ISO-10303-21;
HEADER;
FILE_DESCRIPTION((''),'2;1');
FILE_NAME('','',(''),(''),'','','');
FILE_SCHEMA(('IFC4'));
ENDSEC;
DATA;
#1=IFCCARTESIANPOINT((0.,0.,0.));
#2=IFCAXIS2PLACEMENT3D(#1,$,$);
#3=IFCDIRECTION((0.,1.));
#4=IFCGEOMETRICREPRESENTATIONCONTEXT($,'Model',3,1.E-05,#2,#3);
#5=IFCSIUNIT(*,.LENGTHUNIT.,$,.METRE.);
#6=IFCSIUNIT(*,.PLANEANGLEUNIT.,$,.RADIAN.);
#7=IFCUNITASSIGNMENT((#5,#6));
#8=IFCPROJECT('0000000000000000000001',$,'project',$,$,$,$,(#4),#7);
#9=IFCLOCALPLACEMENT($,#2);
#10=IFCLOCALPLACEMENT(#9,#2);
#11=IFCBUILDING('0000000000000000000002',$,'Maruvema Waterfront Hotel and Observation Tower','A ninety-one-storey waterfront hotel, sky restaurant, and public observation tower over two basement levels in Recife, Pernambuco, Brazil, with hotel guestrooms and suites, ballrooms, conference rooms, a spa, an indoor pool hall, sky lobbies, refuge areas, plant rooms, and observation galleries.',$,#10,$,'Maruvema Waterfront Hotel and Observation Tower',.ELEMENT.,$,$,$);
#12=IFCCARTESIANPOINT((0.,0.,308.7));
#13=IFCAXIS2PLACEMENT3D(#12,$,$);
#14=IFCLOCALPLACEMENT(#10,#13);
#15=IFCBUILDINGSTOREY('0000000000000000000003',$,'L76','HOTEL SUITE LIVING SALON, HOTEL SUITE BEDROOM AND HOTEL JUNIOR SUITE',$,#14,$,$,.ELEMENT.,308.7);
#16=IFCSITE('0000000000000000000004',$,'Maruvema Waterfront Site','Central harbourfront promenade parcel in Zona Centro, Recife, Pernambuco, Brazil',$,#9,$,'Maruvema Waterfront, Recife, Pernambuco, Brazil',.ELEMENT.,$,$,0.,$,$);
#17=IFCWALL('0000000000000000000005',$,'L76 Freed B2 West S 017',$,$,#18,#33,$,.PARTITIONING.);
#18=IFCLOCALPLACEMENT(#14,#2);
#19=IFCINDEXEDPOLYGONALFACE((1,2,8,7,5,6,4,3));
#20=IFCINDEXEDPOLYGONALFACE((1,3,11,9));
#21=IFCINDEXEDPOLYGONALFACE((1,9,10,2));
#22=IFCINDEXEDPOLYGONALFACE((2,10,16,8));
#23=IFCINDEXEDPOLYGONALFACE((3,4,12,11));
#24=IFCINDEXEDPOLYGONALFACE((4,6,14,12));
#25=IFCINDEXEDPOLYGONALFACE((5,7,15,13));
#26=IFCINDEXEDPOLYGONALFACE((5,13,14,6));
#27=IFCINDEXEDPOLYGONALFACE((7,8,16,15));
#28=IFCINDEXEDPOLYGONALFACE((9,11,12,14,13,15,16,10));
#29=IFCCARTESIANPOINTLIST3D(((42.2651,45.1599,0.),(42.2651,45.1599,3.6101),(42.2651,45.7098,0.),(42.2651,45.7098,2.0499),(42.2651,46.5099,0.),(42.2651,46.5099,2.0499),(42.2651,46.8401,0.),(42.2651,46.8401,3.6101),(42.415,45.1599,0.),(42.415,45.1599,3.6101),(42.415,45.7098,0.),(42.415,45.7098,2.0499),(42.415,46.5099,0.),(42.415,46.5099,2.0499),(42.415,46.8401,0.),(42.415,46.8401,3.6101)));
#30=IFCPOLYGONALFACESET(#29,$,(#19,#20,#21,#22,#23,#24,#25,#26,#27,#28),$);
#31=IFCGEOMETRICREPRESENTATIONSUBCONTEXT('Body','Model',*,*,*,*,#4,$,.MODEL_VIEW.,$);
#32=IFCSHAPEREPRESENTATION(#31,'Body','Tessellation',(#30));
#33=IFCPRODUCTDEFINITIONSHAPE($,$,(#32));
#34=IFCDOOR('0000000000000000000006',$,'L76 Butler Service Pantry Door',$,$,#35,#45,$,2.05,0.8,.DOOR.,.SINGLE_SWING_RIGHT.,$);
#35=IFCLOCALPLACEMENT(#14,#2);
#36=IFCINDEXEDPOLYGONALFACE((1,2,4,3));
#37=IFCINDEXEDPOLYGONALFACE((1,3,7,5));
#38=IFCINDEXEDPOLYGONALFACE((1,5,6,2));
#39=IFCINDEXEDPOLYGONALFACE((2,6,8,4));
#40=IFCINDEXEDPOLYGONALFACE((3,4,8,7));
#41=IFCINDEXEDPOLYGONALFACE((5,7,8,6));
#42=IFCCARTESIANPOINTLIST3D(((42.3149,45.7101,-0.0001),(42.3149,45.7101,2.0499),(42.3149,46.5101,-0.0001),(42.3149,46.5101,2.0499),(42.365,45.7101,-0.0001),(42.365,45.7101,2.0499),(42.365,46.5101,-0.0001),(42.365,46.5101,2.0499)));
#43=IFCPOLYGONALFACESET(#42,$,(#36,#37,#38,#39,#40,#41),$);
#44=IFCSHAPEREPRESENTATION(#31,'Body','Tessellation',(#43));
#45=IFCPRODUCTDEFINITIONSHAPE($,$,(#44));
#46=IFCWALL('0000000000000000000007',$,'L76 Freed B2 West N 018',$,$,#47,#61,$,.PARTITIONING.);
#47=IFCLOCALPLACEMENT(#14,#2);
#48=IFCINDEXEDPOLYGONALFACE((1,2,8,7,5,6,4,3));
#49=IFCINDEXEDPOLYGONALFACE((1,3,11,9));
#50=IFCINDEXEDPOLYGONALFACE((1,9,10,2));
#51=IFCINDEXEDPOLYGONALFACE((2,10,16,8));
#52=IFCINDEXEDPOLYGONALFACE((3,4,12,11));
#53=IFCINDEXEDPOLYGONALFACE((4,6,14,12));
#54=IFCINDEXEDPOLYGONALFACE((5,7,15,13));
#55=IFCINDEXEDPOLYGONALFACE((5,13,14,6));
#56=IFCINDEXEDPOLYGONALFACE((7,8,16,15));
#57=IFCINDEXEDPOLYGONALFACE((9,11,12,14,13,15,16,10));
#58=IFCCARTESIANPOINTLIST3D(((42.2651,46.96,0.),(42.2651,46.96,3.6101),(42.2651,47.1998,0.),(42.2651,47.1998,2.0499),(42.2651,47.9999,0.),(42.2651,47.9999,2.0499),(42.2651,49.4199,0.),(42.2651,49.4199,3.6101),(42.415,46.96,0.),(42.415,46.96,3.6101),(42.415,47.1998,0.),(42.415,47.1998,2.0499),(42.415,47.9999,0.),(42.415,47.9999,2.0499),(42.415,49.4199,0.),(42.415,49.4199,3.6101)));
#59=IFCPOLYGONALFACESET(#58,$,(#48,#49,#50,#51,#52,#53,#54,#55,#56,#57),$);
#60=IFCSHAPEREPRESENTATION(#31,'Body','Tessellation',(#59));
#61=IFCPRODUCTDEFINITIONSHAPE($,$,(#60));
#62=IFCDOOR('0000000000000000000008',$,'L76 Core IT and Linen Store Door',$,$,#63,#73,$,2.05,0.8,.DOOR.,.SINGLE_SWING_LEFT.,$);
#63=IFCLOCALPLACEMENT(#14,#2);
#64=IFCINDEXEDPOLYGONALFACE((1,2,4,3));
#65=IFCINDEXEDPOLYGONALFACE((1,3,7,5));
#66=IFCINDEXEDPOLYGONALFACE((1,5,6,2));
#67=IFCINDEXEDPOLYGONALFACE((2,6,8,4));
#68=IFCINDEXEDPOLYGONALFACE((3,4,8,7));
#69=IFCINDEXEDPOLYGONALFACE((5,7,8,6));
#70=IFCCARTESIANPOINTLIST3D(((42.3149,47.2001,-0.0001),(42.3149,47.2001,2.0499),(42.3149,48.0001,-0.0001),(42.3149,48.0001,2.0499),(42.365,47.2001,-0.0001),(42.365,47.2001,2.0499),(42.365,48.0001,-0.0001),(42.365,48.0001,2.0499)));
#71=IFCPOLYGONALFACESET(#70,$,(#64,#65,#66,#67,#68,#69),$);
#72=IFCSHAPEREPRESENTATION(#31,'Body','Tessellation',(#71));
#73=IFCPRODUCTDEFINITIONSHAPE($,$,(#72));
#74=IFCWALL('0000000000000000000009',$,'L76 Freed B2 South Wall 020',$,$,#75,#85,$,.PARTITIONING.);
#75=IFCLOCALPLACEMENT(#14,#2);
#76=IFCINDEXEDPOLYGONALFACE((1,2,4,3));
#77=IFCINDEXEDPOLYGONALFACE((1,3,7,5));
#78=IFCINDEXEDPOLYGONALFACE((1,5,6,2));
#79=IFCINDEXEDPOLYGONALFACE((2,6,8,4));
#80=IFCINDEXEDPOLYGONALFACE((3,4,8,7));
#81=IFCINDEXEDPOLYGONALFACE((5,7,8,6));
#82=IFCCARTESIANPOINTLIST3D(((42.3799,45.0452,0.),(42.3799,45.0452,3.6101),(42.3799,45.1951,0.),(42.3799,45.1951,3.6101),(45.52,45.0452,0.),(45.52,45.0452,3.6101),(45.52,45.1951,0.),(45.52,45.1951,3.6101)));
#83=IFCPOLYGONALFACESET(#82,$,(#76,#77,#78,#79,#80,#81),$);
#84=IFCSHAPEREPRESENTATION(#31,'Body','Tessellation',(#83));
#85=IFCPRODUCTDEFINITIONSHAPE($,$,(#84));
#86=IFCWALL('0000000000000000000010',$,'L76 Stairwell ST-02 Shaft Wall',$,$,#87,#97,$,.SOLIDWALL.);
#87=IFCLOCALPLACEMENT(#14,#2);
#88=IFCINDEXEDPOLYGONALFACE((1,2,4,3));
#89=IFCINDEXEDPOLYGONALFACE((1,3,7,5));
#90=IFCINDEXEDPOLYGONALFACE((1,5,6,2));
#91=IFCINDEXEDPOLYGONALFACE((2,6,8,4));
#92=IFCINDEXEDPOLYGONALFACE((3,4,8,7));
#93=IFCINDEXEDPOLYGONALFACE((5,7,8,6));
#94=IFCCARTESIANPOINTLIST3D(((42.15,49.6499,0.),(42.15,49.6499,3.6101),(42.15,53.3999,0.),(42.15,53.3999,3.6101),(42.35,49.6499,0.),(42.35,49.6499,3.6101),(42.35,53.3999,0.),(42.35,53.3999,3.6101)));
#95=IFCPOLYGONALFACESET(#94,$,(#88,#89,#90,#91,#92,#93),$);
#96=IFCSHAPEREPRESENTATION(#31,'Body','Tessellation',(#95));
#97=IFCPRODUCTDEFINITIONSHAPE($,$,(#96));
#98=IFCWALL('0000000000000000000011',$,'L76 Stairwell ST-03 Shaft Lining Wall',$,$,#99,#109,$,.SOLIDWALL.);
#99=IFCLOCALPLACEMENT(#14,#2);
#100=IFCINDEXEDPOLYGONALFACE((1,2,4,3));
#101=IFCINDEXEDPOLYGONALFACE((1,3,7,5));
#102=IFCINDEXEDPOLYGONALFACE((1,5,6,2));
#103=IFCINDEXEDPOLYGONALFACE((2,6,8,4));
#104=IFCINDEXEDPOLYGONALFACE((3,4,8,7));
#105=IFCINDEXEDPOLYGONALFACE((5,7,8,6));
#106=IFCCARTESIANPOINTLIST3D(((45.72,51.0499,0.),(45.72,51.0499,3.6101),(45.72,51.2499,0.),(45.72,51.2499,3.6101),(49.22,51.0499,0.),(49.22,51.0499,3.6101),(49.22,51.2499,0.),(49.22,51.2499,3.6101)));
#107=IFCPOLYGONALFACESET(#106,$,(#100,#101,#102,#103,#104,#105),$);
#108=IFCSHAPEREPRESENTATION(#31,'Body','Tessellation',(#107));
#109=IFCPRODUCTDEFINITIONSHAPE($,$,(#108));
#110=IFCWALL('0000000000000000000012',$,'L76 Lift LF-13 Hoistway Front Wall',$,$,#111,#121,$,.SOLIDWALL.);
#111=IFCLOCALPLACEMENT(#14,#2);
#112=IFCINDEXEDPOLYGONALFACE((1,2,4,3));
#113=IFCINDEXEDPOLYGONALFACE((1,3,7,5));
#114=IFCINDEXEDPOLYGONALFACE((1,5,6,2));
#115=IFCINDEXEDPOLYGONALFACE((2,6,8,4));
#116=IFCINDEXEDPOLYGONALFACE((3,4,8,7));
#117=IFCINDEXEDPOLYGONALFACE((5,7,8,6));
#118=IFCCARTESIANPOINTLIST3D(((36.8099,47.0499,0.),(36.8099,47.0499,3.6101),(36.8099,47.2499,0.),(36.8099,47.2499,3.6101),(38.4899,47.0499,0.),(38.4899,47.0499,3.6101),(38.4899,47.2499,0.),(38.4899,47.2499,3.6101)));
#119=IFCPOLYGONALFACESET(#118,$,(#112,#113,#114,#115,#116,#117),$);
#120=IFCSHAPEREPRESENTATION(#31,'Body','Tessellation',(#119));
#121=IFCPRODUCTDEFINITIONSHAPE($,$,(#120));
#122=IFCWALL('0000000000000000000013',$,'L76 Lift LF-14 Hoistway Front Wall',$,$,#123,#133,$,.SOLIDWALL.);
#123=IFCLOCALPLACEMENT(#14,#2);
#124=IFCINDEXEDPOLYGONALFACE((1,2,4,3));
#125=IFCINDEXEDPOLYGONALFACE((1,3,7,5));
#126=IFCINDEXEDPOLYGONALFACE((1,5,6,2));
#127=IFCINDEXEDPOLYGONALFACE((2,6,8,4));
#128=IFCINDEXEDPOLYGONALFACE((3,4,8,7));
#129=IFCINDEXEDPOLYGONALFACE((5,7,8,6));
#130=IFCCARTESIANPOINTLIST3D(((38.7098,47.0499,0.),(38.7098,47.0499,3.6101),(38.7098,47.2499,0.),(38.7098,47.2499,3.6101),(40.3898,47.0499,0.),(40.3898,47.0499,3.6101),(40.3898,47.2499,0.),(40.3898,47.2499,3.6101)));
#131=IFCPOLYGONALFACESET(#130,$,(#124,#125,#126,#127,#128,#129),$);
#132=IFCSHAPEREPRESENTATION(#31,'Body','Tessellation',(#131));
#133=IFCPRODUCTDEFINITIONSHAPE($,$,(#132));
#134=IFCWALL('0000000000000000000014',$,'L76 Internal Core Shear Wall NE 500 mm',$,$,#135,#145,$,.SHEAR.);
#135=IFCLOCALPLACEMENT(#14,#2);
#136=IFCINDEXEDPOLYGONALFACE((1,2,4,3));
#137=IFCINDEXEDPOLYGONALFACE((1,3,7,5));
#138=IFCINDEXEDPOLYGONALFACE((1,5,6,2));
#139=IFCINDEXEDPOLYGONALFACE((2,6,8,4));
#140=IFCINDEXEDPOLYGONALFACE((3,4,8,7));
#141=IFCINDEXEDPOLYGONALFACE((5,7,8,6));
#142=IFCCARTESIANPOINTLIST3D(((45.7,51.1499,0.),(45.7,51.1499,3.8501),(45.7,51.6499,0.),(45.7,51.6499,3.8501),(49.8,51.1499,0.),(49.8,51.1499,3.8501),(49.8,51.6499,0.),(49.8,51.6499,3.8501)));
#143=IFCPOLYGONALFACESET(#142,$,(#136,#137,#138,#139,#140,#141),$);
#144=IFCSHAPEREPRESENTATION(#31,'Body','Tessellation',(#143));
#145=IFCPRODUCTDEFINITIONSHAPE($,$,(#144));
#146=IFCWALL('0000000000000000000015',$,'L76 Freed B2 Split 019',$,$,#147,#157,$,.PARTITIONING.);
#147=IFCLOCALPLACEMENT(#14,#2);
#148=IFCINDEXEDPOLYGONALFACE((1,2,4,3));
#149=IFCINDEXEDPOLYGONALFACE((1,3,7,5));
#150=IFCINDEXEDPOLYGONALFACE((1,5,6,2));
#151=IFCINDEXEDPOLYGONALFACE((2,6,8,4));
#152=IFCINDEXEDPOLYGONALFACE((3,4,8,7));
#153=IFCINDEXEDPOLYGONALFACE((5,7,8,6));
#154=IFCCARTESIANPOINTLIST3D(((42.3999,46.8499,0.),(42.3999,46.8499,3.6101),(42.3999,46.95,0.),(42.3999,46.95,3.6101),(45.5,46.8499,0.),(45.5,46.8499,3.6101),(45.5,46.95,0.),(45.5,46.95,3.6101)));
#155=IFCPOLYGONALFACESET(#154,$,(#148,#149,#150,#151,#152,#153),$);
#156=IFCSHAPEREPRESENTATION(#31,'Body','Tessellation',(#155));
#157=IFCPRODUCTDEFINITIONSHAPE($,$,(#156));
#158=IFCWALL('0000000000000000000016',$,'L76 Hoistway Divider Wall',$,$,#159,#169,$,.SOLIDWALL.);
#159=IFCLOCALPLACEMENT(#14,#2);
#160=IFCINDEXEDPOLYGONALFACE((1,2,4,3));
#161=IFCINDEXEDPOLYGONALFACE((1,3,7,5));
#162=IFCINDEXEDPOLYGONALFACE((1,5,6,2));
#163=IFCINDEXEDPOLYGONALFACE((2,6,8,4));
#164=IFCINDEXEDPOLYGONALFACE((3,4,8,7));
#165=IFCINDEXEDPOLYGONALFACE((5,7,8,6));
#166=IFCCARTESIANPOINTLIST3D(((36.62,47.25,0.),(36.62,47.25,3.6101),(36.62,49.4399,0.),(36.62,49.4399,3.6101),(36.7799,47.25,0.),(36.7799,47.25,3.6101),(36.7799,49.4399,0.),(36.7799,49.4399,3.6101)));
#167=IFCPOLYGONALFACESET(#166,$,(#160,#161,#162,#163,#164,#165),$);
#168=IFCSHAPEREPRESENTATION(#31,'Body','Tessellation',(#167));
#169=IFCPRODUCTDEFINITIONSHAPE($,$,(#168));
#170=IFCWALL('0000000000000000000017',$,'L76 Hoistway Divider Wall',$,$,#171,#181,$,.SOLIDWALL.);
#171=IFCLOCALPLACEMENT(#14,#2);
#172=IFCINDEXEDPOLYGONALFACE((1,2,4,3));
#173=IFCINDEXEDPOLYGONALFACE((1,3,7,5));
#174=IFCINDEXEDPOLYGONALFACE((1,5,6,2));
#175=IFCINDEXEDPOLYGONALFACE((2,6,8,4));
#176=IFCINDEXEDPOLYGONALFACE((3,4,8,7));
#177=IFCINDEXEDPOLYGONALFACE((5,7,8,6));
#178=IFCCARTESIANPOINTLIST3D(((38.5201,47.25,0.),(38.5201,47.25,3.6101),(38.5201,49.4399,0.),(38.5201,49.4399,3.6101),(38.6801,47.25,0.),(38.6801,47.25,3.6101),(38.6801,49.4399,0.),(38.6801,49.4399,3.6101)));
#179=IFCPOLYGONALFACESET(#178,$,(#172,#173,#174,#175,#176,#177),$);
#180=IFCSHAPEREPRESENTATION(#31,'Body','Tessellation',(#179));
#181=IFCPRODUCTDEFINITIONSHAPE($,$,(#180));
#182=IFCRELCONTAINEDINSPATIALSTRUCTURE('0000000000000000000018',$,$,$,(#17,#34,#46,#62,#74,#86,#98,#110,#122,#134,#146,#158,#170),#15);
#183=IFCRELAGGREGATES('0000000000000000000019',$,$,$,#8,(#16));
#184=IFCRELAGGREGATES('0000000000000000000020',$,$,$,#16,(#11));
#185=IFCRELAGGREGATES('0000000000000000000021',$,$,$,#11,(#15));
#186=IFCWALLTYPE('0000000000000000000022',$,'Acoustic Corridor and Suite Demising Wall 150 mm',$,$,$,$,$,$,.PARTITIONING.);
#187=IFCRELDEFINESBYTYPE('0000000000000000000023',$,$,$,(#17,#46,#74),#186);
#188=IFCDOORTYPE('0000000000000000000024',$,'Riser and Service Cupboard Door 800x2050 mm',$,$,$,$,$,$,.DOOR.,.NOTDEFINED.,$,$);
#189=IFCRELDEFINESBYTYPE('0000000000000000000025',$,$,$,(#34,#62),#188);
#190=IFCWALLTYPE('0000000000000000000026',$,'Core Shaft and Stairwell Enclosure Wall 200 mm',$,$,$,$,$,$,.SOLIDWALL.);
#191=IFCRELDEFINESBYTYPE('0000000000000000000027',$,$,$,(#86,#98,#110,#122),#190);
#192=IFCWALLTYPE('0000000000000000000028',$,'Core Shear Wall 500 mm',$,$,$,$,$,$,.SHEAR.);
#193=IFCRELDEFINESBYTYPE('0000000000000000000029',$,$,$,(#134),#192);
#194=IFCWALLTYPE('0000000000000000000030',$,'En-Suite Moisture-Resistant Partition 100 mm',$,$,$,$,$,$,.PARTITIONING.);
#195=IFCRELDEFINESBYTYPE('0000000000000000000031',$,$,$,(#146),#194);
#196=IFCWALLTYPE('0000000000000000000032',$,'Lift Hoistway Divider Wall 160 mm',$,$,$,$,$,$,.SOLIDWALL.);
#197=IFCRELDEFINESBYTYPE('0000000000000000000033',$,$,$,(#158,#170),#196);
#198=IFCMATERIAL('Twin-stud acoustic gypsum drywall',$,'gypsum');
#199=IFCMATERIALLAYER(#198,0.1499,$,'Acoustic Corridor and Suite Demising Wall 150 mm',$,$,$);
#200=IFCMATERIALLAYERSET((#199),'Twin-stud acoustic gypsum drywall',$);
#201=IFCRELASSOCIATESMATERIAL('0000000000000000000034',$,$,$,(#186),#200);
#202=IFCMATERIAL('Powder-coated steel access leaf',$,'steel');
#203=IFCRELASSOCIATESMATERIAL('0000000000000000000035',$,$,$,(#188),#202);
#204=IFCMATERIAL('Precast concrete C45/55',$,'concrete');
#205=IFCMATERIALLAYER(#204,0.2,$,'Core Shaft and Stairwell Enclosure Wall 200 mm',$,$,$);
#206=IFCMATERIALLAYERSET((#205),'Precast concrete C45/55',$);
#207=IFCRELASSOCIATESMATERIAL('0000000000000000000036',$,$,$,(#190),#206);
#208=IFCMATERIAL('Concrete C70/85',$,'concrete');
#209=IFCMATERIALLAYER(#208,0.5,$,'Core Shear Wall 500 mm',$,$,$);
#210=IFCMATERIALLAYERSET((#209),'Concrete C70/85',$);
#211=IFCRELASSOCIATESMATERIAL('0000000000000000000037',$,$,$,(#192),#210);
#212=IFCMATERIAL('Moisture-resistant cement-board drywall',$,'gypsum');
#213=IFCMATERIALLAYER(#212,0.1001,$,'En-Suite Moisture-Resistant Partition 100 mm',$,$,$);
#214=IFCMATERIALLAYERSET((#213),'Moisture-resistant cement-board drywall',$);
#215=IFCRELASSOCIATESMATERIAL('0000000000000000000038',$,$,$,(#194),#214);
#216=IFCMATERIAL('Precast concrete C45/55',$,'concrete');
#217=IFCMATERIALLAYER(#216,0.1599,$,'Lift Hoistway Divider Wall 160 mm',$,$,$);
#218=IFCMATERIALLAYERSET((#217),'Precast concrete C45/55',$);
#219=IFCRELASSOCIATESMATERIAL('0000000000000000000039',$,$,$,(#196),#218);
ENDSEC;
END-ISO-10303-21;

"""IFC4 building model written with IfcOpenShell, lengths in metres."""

from ifc_helpers import new_model, si_unit, direction, frame, frame_2d, origin, place, context, subcontext, project, spatial, rectangle, extrude, material, layer, layer_set, type_object, element, fill, save


model = new_model("IFC4")

# Units and contexts
model_context = context("Model", 3, precision=1e-05, world=origin(), true_north=direction((0.0, 1.0)))
body_context = subcontext(model_context, "Body", "Model", "MODEL_VIEW")
ifc_project = project(units=[si_unit("LENGTHUNIT", "METRE"), si_unit("PLANEANGLEUNIT", "RADIAN")], contexts=[model_context])

# Site, building, storey
site_placement = place(None, origin())
site = spatial("IfcSite", under=ifc_project, at=site_placement, Name="Maruvema Waterfront Site", Description="Central harbourfront promenade parcel in Zona Centro, Recife, Pernambuco, Brazil", LongName="Maruvema Waterfront, Recife, Pernambuco, Brazil", CompositionType="ELEMENT", RefElevation=0.0)
building_placement = place(site_placement, origin())
building = spatial("IfcBuilding", under=site, at=building_placement, Name="Maruvema Waterfront Hotel and Observation Tower", Description="A ninety-one-storey waterfront hotel, sky restaurant, and public observation tower over two basement levels in Recife, Pernambuco, Brazil, with hotel guestrooms and suites, ballrooms, conference rooms, a spa, an indoor pool hall, sky lobbies, refuge areas, plant rooms, and observation galleries.", LongName="Maruvema Waterfront Hotel and Observation Tower", CompositionType="ELEMENT")
storey_placement = place(building_placement, frame((0.0, 0.0, 308.7)))
storey = spatial("IfcBuildingStorey", under=building, at=storey_placement, Name="L76", Description="HOTEL SUITE LIVING SALON, HOTEL SUITE BEDROOM AND HOTEL JUNIOR SUITE", CompositionType="ELEMENT", Elevation=308.7)

# Walls, openings, doors
ifc_material_1 = material(Name="Twin-stud acoustic gypsum drywall", Category="gypsum")
ifc_layer_1 = layer(ifc_material_1, 0.1499, Name="Acoustic Corridor and Suite Demising Wall 150 mm")
ifc_layer_set_1 = layer_set([ifc_layer_1], Name="Twin-stud acoustic gypsum drywall")
wall_type_1 = type_object("IfcWallType", Name="Acoustic Corridor and Suite Demising Wall 150 mm", PredefinedType="PARTITIONING", material=ifc_layer_set_1)
wall_1_placement = place(storey_placement, frame((42.3401, 45.1599, 0.0), z_axis=(0.0, 0.0, 1.0), x_axis=(0.0, 1.0, 0.0)))
wall_1 = element("IfcWall", 1, at=wall_1_placement, inside=storey, type_object=wall_type_1, Name="L76 Freed B2 West S 017", PredefinedType="PARTITIONING", context=body_context, shape_type="SweptSolid", body=[
    extrude(rectangle(XDim=1.6802, YDim=0.1499, at=frame_2d((0.8401, 0.0))), origin(), (0.0, 0.0, 1.0), 3.6101),
])
opening_1_placement = place(wall_1_placement, frame((0.55, 0.0, 0.0)))
opening_1 = element("IfcOpeningElement", 2, at=opening_1_placement, cuts=wall_1, PredefinedType="OPENING", context=body_context, shape_type="SweptSolid", body=[
    extrude(rectangle(XDim=0.8, YDim=2.05, at=frame_2d((0.3999, 1.0249))), frame((0.0, 0.085, 0.0), z_axis=(0.0, -1.0, 0.0), x_axis=(1.0, 0.0, 0.0)), (0.0, 0.0, 1.0), 0.1699),
])
ifc_material_2 = material(Name="Powder-coated steel access leaf", Category="steel")
door_type = type_object("IfcDoorType", Name="Riser and Service Cupboard Door 800x2050 mm", OperationType="NOTDEFINED", PredefinedType="DOOR", material=ifc_material_2)
door_1_placement = place(opening_1_placement, frame((0.8, 0.0, 0.0), z_axis=(0.0, 0.0, 1.0), x_axis=(-1.0, 0.0, 0.0)))
door_1 = element("IfcDoor", 3, at=door_1_placement, inside=storey, type_object=door_type, Name="L76 Butler Service Pantry Door", OperationType="SINGLE_SWING_RIGHT", OverallHeight=2.05, OverallWidth=0.8, PredefinedType="DOOR", context=body_context, shape_type="SweptSolid", body=[
    extrude(rectangle(XDim=0.8, YDim=2.05, at=frame_2d((0.3999, 1.0249))), frame((0.0, 0.0249, 0.0), z_axis=(0.0, -1.0, 0.0), x_axis=(1.0, 0.0, 0.0)), (0.0, 0.0, 1.0), 0.05),
])
fill(opening_1, door_1)
wall_2_placement = place(storey_placement, frame((42.3401, 46.96, 0.0), z_axis=(0.0, 0.0, 1.0), x_axis=(0.0, 1.0, 0.0)))
wall_2 = element("IfcWall", 4, at=wall_2_placement, inside=storey, type_object=wall_type_1, Name="L76 Freed B2 West N 018", PredefinedType="PARTITIONING", context=body_context, shape_type="SweptSolid", body=[
    extrude(rectangle(XDim=2.46, YDim=0.1499, at=frame_2d((1.23, 0.0))), origin(), (0.0, 0.0, 1.0), 3.6101),
])
opening_2_placement = place(wall_2_placement, frame((0.24, 0.0, 0.0)))
opening_2 = element("IfcOpeningElement", 5, at=opening_2_placement, cuts=wall_2, PredefinedType="OPENING", context=body_context, shape_type="SweptSolid", body=[
    extrude(rectangle(XDim=0.8, YDim=2.05, at=frame_2d((0.3999, 1.0249))), frame((0.0, 0.085, 0.0), z_axis=(0.0, -1.0, 0.0), x_axis=(1.0, 0.0, 0.0)), (0.0, 0.0, 1.0), 0.1699),
])
door_2_placement = place(opening_2_placement, frame((0.8, 0.0, 0.0), z_axis=(0.0, 0.0, 1.0), x_axis=(-1.0, 0.0, 0.0)))
door_2 = element("IfcDoor", 6, at=door_2_placement, inside=storey, type_object=door_type, Name="L76 Core IT and Linen Store Door", OperationType="SINGLE_SWING_LEFT", OverallHeight=2.05, OverallWidth=0.8, PredefinedType="DOOR", context=body_context, shape_type="SweptSolid", body=[
    extrude(rectangle(XDim=0.8, YDim=2.05, at=frame_2d((0.3999, 1.0249))), frame((0.0, 0.0249, 0.0), z_axis=(0.0, -1.0, 0.0), x_axis=(1.0, 0.0, 0.0)), (0.0, 0.0, 1.0), 0.05),
])
fill(opening_2, door_2)

# Walls
wall_3_placement = place(storey_placement, frame((42.3799, 45.1201, 0.0), z_axis=(0.0, 0.0, 1.0), x_axis=(1.0, 0.0, 0.0)))
element("IfcWall", 7, at=wall_3_placement, inside=storey, type_object=wall_type_1, Name="L76 Freed B2 South Wall 020", PredefinedType="PARTITIONING", context=body_context, shape_type="SweptSolid", body=[
    extrude(rectangle(XDim=3.1401, YDim=0.1499, at=frame_2d((1.5701, 0.0))), origin(), (0.0, 0.0, 1.0), 3.6101),
])
ifc_material_3 = material(Name="Precast concrete C45/55", Category="concrete")
ifc_layer_2 = layer(ifc_material_3, 0.2, Name="Core Shaft and Stairwell Enclosure Wall 200 mm")
ifc_layer_set_2 = layer_set([ifc_layer_2], Name="Precast concrete C45/55")
wall_type_2 = type_object("IfcWallType", Name="Core Shaft and Stairwell Enclosure Wall 200 mm", PredefinedType="SOLIDWALL", material=ifc_layer_set_2)
wall_4_placement = place(storey_placement, frame((42.25, 49.6499, 0.0), z_axis=(0.0, 0.0, 1.0), x_axis=(0.0, 1.0, 0.0)))
element("IfcWall", 8, at=wall_4_placement, inside=storey, type_object=wall_type_2, Name="L76 Stairwell ST-02 Shaft Wall", PredefinedType="SOLIDWALL", context=body_context, shape_type="SweptSolid", body=[
    extrude(rectangle(XDim=3.75, YDim=0.2, at=frame_2d((1.875, 0.0))), origin(), (0.0, 0.0, 1.0), 3.6101),
])
wall_5_placement = place(storey_placement, frame((45.72, 51.1499, 0.0), z_axis=(0.0, 0.0, 1.0), x_axis=(1.0, 0.0, 0.0)))
element("IfcWall", 9, at=wall_5_placement, inside=storey, type_object=wall_type_2, Name="L76 Stairwell ST-03 Shaft Lining Wall", PredefinedType="SOLIDWALL", context=body_context, shape_type="SweptSolid", body=[
    extrude(rectangle(XDim=3.5, YDim=0.2, at=frame_2d((1.75, 0.0))), origin(), (0.0, 0.0, 1.0), 3.6101),
])
for number, where, z_axis, x_axis, name in (
    (10, (36.8101, 47.1499, 0.0), (0.0, 0.0, 1.0), (1.0, 0.0, 0.0), "L76 Lift LF-13 Hoistway Front Wall"),
    (11, (38.71, 47.1499, 0.0), (0.0, 0.0, 1.0), (1.0, 0.0, 0.0), "L76 Lift LF-14 Hoistway Front Wall"),
):
    element("IfcWall", number, at=place(storey_placement, frame(where, z_axis=z_axis, x_axis=x_axis)), inside=storey, type_object=wall_type_2, Name=name, PredefinedType="SOLIDWALL", context=body_context, shape_type="SweptSolid", body=[
        extrude(rectangle(XDim=1.6799, YDim=0.2, at=frame_2d((0.8398, 0.0))), origin(), (0.0, 0.0, 1.0), 3.6101),
    ])
ifc_material_4 = material(Name="Concrete C70/85", Category="concrete")
ifc_layer_3 = layer(ifc_material_4, 0.5, Name="Core Shear Wall 500 mm")
ifc_layer_set_3 = layer_set([ifc_layer_3], Name="Concrete C70/85")
wall_type_3 = type_object("IfcWallType", Name="Core Shear Wall 500 mm", PredefinedType="SHEAR", material=ifc_layer_set_3)
wall_6_placement = place(storey_placement, frame((45.7, 51.3999, 0.0), z_axis=(0.0, 0.0, 1.0), x_axis=(1.0, 0.0, 0.0)))
element("IfcWall", 12, at=wall_6_placement, inside=storey, type_object=wall_type_3, Name="L76 Internal Core Shear Wall NE 500 mm", PredefinedType="SHEAR", context=body_context, shape_type="SweptSolid", body=[
    extrude(rectangle(XDim=4.1001, YDim=0.5, at=frame_2d((2.05, 0.0))), origin(), (0.0, 0.0, 1.0), 3.8501),
])
ifc_material_5 = material(Name="Moisture-resistant cement-board drywall", Category="gypsum")
ifc_layer_4 = layer(ifc_material_5, 0.1001, Name="En-Suite Moisture-Resistant Partition 100 mm")
ifc_layer_set_4 = layer_set([ifc_layer_4], Name="Moisture-resistant cement-board drywall")
wall_type_4 = type_object("IfcWallType", Name="En-Suite Moisture-Resistant Partition 100 mm", PredefinedType="PARTITIONING", material=ifc_layer_set_4)
wall_7_placement = place(storey_placement, frame((42.3999, 46.8999, 0.0), z_axis=(0.0, 0.0, 1.0), x_axis=(1.0, 0.0, 0.0)))
element("IfcWall", 13, at=wall_7_placement, inside=storey, type_object=wall_type_4, Name="L76 Freed B2 Split 019", PredefinedType="PARTITIONING", context=body_context, shape_type="SweptSolid", body=[
    extrude(rectangle(XDim=3.1001, YDim=0.1001, at=frame_2d((1.55, 0.0))), origin(), (0.0, 0.0, 1.0), 3.6101),
])
ifc_material_6 = material(Name="Precast concrete C45/55", Category="concrete")
ifc_layer_5 = layer(ifc_material_6, 0.1599, Name="Lift Hoistway Divider Wall 160 mm")
ifc_layer_set_5 = layer_set([ifc_layer_5], Name="Precast concrete C45/55")
wall_type_5 = type_object("IfcWallType", Name="Lift Hoistway Divider Wall 160 mm", PredefinedType="SOLIDWALL", material=ifc_layer_set_5)
for number, where, z_axis, x_axis, name in (
    (14, (36.7, 47.25, 0.0), (0.0, 0.0, 1.0), (0.0, 1.0, 0.0), "L76 Hoistway Divider Wall"),
    (15, (38.6001, 47.25, 0.0), (0.0, 0.0, 1.0), (0.0, 1.0, 0.0), "L76 Hoistway Divider Wall"),
):
    element("IfcWall", number, at=place(storey_placement, frame(where, z_axis=z_axis, x_axis=x_axis)), inside=storey, type_object=wall_type_5, Name=name, PredefinedType="SOLIDWALL", context=body_context, shape_type="SweptSolid", body=[
        extrude(rectangle(XDim=2.1899, YDim=0.1599, at=frame_2d((1.095, 0.0))), origin(), (0.0, 0.0, 1.0), 3.6101),
    ])

save(model, "model.ifc")
